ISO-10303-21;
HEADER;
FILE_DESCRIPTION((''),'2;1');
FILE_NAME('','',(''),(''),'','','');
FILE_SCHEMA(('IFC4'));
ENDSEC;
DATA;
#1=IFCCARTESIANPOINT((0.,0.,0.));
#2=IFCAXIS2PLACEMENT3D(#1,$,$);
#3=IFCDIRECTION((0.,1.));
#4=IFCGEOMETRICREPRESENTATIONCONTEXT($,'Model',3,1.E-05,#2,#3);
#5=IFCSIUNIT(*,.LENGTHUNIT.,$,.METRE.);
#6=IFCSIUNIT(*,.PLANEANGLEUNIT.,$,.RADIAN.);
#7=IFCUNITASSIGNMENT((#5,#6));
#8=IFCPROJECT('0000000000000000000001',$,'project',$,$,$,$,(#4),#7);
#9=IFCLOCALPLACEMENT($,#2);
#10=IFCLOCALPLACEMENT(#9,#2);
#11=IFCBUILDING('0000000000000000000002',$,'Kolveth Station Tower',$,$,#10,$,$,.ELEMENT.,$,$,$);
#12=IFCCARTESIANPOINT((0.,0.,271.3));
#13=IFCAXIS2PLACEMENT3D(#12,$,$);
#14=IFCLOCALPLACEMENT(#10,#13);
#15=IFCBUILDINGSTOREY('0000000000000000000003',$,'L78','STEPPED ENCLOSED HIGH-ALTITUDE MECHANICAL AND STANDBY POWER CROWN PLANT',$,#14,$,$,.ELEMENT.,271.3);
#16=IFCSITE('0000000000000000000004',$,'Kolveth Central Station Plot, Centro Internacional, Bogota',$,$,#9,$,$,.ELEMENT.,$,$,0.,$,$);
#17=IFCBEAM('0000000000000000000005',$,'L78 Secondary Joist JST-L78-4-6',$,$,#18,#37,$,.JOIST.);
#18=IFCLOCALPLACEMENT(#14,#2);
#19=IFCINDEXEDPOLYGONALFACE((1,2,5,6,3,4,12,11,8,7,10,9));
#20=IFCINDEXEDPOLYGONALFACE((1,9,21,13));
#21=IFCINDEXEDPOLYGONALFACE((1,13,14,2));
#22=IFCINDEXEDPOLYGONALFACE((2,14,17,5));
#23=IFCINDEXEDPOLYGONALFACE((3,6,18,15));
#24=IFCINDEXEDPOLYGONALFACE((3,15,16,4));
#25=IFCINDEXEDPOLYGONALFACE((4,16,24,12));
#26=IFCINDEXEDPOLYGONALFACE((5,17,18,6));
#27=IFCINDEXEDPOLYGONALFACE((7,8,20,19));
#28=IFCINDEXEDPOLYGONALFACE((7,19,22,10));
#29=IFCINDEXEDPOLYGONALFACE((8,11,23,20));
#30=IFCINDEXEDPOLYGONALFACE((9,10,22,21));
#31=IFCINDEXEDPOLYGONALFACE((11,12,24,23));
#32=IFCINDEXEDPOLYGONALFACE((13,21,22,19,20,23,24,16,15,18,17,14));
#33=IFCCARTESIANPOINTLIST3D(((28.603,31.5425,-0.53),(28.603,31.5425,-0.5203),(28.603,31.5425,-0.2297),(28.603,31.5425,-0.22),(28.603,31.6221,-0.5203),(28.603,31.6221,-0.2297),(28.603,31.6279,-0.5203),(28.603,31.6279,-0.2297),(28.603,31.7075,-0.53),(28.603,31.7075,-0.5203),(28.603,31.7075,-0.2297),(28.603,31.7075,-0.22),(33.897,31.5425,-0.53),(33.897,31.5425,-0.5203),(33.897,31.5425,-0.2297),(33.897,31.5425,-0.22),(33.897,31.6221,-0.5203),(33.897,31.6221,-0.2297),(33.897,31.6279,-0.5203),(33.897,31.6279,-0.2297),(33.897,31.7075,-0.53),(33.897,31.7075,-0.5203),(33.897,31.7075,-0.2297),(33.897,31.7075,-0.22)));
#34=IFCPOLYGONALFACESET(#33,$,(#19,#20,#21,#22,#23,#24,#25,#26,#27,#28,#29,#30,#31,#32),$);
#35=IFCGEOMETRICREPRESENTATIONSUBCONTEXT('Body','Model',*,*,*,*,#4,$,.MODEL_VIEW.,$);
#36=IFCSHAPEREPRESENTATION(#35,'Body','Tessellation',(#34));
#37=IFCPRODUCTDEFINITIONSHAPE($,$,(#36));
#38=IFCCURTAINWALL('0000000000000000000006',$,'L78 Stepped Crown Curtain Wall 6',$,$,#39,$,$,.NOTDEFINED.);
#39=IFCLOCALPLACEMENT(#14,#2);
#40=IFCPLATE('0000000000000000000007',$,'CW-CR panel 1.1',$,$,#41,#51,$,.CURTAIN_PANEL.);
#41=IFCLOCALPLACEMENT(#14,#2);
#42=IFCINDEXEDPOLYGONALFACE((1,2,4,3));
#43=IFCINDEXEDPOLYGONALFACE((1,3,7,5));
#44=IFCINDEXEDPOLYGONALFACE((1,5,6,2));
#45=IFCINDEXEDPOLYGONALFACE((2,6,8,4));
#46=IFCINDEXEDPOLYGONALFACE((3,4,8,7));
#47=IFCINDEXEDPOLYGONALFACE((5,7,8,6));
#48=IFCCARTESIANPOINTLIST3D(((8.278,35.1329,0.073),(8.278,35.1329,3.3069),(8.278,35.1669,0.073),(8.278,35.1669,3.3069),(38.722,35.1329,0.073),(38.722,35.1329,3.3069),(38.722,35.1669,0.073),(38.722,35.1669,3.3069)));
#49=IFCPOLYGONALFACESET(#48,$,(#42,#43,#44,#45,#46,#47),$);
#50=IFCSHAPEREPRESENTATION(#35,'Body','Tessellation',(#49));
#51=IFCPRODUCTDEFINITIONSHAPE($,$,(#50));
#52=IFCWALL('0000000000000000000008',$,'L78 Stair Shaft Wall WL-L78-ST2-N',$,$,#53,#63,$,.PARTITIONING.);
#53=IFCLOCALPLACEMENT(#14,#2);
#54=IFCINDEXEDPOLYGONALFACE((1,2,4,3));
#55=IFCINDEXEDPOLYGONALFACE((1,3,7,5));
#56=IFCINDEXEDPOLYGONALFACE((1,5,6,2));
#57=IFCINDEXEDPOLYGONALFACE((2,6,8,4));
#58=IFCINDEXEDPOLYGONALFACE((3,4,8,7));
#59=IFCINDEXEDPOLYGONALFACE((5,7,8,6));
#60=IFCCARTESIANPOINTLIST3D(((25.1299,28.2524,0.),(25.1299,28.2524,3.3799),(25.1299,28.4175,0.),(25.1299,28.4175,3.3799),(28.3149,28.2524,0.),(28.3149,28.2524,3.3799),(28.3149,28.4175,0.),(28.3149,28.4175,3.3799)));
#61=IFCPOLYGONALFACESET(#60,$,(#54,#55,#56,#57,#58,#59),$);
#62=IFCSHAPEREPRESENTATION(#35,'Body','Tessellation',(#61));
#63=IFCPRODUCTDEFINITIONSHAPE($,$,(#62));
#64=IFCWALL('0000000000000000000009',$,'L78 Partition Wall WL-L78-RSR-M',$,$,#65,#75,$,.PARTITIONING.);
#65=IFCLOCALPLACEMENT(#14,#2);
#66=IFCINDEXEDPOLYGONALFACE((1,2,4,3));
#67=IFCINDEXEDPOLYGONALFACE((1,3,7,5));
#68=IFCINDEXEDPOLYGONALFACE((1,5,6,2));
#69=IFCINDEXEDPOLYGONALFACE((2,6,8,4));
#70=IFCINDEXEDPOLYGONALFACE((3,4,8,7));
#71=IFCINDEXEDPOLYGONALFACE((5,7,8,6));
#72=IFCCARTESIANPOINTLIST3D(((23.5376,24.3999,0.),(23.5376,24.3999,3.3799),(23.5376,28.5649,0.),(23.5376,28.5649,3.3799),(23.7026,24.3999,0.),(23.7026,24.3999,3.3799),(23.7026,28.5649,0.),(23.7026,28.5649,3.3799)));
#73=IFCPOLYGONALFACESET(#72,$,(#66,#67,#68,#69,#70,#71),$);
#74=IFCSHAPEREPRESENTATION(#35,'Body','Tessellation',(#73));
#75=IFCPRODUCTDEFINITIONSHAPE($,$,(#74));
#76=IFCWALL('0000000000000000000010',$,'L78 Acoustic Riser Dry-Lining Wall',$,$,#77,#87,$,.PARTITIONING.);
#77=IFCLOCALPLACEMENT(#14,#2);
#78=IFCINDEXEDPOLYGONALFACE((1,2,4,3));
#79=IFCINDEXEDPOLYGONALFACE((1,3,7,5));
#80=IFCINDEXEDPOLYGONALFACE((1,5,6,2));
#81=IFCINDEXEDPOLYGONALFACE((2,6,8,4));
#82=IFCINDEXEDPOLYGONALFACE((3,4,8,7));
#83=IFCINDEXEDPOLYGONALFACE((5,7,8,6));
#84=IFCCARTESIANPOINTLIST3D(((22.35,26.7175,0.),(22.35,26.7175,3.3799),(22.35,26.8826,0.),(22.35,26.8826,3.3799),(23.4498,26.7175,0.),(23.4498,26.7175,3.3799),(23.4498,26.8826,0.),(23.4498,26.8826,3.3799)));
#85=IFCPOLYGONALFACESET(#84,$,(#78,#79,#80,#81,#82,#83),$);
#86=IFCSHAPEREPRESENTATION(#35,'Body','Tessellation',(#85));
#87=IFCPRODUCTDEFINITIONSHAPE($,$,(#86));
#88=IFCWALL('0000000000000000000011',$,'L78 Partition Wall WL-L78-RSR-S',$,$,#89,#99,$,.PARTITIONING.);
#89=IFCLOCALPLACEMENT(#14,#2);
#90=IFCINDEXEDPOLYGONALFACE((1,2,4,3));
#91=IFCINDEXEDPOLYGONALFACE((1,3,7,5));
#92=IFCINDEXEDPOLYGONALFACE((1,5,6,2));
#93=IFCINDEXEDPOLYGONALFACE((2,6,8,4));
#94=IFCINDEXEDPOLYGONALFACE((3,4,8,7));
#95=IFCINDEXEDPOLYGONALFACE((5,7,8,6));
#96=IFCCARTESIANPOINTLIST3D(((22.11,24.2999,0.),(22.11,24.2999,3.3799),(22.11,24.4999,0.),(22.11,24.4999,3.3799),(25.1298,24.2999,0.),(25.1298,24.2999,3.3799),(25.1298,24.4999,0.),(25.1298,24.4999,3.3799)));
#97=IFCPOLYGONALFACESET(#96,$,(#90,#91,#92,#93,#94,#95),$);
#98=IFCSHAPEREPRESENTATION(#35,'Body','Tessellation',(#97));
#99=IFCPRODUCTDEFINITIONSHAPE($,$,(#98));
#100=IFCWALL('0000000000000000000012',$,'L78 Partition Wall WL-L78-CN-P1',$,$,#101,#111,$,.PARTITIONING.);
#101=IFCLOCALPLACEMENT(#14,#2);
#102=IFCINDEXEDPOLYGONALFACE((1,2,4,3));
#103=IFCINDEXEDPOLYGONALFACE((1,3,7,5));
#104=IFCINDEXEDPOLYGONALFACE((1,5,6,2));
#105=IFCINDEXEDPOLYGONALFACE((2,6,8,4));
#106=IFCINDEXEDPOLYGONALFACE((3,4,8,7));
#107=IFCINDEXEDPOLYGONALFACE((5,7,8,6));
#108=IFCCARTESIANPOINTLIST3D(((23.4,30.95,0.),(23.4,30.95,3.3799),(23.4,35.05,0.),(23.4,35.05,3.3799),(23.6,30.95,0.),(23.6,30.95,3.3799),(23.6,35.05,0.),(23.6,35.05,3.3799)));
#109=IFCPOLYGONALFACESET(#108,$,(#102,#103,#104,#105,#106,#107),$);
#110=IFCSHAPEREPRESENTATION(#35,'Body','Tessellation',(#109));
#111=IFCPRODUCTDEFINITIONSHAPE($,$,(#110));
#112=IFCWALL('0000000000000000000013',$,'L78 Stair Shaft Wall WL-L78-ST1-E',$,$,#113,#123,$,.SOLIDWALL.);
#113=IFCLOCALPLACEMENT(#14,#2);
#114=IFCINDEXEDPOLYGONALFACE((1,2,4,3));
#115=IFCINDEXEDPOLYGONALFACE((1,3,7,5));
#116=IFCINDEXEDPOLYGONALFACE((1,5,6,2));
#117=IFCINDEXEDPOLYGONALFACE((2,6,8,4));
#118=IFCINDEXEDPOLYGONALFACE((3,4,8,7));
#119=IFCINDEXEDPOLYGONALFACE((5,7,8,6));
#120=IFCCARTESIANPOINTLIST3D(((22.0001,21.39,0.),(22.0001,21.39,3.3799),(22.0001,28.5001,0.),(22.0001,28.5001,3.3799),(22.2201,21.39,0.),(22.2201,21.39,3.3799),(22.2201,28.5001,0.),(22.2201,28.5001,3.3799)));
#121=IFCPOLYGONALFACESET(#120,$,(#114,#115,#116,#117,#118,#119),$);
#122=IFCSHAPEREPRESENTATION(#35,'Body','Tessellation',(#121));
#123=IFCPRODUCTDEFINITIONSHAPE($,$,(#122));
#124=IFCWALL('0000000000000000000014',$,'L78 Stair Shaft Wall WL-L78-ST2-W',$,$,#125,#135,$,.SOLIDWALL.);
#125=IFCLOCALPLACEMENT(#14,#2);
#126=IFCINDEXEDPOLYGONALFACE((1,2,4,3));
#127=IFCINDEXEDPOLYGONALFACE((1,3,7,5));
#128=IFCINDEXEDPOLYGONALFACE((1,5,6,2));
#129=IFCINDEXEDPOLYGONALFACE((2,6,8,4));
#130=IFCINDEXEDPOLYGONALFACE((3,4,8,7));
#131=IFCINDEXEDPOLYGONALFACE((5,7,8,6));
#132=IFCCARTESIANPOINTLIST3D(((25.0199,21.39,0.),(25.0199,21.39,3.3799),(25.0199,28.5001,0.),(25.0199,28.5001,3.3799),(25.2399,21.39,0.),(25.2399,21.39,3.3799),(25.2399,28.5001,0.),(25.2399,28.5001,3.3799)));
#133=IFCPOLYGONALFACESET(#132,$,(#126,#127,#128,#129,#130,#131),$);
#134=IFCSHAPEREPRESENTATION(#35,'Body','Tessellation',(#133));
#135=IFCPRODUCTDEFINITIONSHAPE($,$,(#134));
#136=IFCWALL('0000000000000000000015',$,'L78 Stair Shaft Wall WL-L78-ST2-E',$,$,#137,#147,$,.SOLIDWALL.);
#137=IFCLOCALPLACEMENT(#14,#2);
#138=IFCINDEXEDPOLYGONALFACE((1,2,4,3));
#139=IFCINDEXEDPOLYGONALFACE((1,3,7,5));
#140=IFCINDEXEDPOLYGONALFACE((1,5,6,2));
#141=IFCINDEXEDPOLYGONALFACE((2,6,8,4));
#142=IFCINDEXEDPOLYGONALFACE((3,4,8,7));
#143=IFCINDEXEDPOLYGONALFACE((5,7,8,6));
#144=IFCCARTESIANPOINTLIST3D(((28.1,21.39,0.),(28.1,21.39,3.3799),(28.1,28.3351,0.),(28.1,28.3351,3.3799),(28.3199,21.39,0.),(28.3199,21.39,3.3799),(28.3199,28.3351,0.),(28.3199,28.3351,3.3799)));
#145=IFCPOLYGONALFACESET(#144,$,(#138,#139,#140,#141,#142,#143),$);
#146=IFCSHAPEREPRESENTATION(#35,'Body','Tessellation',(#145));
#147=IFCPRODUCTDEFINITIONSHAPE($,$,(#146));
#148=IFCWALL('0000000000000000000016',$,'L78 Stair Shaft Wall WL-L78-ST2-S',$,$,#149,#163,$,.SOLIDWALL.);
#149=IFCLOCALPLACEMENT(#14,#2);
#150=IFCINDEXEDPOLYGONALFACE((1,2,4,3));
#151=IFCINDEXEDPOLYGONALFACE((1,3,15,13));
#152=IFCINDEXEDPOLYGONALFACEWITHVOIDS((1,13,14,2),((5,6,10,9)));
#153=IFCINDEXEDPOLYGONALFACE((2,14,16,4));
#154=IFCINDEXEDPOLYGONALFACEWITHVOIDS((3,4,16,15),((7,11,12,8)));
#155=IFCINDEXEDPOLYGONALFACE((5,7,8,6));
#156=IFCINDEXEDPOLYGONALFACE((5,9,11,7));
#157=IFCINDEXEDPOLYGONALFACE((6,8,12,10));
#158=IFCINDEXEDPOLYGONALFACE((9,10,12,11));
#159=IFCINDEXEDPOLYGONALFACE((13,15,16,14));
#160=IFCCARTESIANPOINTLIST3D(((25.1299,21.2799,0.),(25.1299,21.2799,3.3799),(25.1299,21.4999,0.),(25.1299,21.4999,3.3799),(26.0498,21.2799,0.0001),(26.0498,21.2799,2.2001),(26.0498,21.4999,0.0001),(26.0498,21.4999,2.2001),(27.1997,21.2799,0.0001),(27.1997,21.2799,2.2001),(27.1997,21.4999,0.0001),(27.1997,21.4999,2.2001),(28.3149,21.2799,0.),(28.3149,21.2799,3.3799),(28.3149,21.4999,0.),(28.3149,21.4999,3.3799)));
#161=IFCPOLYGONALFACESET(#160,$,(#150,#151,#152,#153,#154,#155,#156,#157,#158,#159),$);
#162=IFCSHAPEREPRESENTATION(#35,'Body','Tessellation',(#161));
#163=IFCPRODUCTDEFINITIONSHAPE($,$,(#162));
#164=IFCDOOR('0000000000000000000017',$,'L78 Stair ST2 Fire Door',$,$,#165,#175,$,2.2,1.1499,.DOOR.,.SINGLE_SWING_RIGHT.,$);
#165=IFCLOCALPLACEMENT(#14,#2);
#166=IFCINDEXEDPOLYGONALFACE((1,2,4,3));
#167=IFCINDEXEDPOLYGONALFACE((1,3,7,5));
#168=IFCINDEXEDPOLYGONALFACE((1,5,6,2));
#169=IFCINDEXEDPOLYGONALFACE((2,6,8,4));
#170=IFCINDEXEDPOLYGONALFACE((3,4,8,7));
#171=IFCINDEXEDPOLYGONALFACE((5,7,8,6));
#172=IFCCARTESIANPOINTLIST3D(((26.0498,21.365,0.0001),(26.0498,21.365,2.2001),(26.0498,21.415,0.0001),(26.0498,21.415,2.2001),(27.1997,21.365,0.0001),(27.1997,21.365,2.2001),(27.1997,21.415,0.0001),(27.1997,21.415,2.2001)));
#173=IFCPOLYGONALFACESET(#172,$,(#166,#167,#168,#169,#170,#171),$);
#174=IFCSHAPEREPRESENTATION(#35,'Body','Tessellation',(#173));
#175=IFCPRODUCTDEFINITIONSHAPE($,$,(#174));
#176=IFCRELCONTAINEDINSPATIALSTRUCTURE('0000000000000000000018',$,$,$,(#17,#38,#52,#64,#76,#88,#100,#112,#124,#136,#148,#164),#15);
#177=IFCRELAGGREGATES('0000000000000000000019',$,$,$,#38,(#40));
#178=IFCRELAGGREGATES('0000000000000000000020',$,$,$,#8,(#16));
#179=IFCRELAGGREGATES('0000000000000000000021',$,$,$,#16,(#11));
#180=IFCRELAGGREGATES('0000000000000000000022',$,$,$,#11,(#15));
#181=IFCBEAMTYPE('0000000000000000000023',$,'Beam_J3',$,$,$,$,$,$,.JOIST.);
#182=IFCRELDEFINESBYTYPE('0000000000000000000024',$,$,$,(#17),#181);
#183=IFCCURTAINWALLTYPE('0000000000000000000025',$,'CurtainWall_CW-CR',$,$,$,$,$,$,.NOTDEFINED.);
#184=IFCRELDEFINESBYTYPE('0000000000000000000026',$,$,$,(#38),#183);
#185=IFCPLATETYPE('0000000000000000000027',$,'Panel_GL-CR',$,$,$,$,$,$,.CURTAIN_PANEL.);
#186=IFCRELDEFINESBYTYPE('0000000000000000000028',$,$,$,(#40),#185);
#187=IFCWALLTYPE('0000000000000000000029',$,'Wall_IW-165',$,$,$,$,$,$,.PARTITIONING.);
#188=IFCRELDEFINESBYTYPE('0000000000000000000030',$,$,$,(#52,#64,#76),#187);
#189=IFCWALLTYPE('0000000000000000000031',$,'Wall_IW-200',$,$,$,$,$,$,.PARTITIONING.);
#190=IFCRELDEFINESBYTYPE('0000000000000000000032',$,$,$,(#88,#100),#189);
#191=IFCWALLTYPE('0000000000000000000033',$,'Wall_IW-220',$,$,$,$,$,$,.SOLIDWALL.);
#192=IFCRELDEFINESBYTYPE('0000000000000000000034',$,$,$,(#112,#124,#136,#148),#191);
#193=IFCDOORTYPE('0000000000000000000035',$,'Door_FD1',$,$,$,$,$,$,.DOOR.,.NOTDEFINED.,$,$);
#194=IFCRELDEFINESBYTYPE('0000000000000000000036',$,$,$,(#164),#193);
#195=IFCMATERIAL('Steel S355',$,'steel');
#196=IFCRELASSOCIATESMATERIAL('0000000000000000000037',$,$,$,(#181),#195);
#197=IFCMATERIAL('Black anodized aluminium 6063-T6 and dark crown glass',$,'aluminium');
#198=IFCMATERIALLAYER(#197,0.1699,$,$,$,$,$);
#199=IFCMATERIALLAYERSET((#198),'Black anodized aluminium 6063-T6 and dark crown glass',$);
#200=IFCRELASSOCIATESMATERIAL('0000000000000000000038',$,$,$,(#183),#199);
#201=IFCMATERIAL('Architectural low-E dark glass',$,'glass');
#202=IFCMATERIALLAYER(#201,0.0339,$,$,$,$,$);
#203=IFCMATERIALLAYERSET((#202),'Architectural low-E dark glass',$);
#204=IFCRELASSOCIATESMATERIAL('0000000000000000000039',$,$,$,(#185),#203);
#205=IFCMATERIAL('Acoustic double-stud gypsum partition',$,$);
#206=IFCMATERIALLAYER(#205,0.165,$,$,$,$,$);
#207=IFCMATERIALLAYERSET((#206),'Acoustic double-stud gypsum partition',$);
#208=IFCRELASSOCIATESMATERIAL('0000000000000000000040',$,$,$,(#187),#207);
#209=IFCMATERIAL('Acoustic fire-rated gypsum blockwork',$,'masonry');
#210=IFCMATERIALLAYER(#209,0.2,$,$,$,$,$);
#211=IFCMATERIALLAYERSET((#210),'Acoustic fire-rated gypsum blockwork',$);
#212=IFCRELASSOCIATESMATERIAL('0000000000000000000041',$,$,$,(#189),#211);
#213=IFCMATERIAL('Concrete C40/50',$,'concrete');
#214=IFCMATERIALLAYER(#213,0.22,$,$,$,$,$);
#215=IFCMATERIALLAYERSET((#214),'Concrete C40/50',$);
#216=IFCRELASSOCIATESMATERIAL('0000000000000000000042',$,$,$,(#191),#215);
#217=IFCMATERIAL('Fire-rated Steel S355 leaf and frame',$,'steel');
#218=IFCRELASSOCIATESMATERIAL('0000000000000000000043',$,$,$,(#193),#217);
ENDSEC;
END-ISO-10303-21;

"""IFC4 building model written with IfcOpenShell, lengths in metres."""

from ifc_helpers import new_model, si_unit, direction, frame, frame_2d, origin, origin_2d, place, context, subcontext, project, spatial, rectangle, i_section, extrude, source, transform, mapped, material, layer, layer_set, material_profile, profile_set, type_object, element, fill, aggregate, save


model = new_model("IFC4")

# Units and contexts
model_context = context("Model", 3, precision=1e-05, world=origin(), true_north=direction((0.0, 1.0)))
body_context = subcontext(model_context, "Body", "Model", "MODEL_VIEW")
ifc_project = project(units=[si_unit("LENGTHUNIT", "METRE"), si_unit("PLANEANGLEUNIT", "RADIAN")], contexts=[model_context])

# Site, building, storey
site_placement = place(None, origin())
site = spatial("IfcSite", under=ifc_project, at=site_placement, Name="Kolveth Central Station Plot, Centro Internacional, Bogota", CompositionType="ELEMENT", RefElevation=0.0)
building_placement = place(site_placement, origin())
building = spatial("IfcBuilding", under=site, at=building_placement, Name="Kolveth Station Tower", CompositionType="ELEMENT")
storey_placement = place(building_placement, frame((0.0, 0.0, 271.3)))
storey = spatial("IfcBuildingStorey", under=building, at=storey_placement, Name="L78", Description="STEPPED ENCLOSED HIGH-ALTITUDE MECHANICAL AND STANDBY POWER CROWN PLANT", CompositionType="ELEMENT", Elevation=271.3)

# Shared definitions
ifc_material_1 = material(Name="Steel S355", Category="steel")

# Beam
ifc_material_profile_1 = material_profile(ifc_material_1, i_section(OverallWidth=0.165, OverallDepth=0.3101, WebThickness=0.0059, FlangeThickness=0.0098, at=origin_2d()), Name="W310x39")
ifc_profile_set_1 = profile_set([ifc_material_profile_1], Name="Steel S355")
beam_type_1 = type_object("IfcBeamType", Name="Beam_J3", PredefinedType="JOIST", material=ifc_profile_set_1)
shared_shape_1 = source(origin(), body_context, "Body", "SweptSolid", [
    extrude(i_section(OverallWidth=0.165, OverallDepth=0.3101, WebThickness=0.0059, FlangeThickness=0.0098, at=origin_2d()), origin(), (0.0, 0.0, 1.0), 5.2939),
])
for number, where, z_axis, x_axis, name in (
    (1, (28.603, 31.625, -0.375), (1.0, 0.0, 0.0), (0.0, 1.0, 0.0), "L78 Secondary Joist JST-L78-4-6"),
):
    element("IfcBeam", number, at=place(storey_placement, frame(where, z_axis=z_axis, x_axis=x_axis)), inside=storey, type_object=beam_type_1, Name=name, PredefinedType="JOIST", context=body_context, shape_type="MappedRepresentation", body=[
        mapped(shared_shape_1, transform((0.0, 0.0, 0.0), x_axis=(1.0, 0.0, 0.0), y_axis=(0.0, 1.0, 0.0), z_axis=(0.0, 0.0, 1.0), scale=1.0)),
    ])

# Curtain wall, plate
ifc_material_2 = material(Name="Black anodized aluminium 6063-T6 and dark crown glass", Category="aluminium")
ifc_layer_1 = layer(ifc_material_2, 0.1699)
ifc_layer_set_1 = layer_set([ifc_layer_1], Name="Black anodized aluminium 6063-T6 and dark crown glass")
curtain_wall_type = type_object("IfcCurtainWallType", Name="CurtainWall_CW-CR", PredefinedType="NOTDEFINED", material=ifc_layer_set_1)
curtain_wall_placement = place(storey_placement, origin())
curtain_wall = element("IfcCurtainWall", 2, at=curtain_wall_placement, inside=storey, type_object=curtain_wall_type, Name="L78 Stepped Crown Curtain Wall 6", PredefinedType="NOTDEFINED")
ifc_material_3 = material(Name="Architectural low-E dark glass", Category="glass")
ifc_layer_2 = layer(ifc_material_3, 0.0339)
ifc_layer_set_2 = layer_set([ifc_layer_2], Name="Architectural low-E dark glass")
plate_type = type_object("IfcPlateType", Name="Panel_GL-CR", PredefinedType="CURTAIN_PANEL", material=ifc_layer_set_2)
shared_shape_2 = source(origin(), body_context, "Body", "SweptSolid", [
    extrude(rectangle(XDim=30.4441, YDim=0.0339, at=origin_2d()), origin(), (0.0, 0.0, 1.0), 3.2339),
])
plate_placement = place(storey_placement, frame((23.5, 35.1499, 0.073), z_axis=(0.0, 0.0, 1.0), x_axis=(-1.0, 0.0, 0.0)))
plate = element("IfcPlate", 3, at=plate_placement, type_object=plate_type, Name="CW-CR panel 1.1", PredefinedType="CURTAIN_PANEL", context=body_context, shape_type="MappedRepresentation", body=[
    mapped(shared_shape_2, transform((0.0, 0.0, 0.0), x_axis=(1.0, 0.0, 0.0), y_axis=(0.0, 1.0, 0.0), z_axis=(0.0, 0.0, 1.0), scale=1.0)),
])
aggregate(curtain_wall, [plate])

# Walls
ifc_material_4 = material(Name="Acoustic double-stud gypsum partition")
ifc_layer_3 = layer(ifc_material_4, 0.165)
ifc_layer_set_3 = layer_set([ifc_layer_3], Name="Acoustic double-stud gypsum partition")
wall_type_1 = type_object("IfcWallType", Name="Wall_IW-165", PredefinedType="PARTITIONING", material=ifc_layer_set_3)
wall_1_placement = place(storey_placement, frame((25.1299, 28.335, 0.0), z_axis=(0.0, 0.0, 1.0), x_axis=(1.0, 0.0, 0.0)))
element("IfcWall", 4, at=wall_1_placement, inside=storey, type_object=wall_type_1, Name="L78 Stair Shaft Wall WL-L78-ST2-N", PredefinedType="PARTITIONING", context=body_context, shape_type="SweptSolid", body=[
    extrude(rectangle(XDim=3.1851, YDim=0.165, at=frame_2d((1.5925, 0.0))), origin(), (0.0, 0.0, 1.0), 3.3799),
])
wall_2_placement = place(storey_placement, frame((23.6201, 24.3999, 0.0), z_axis=(0.0, 0.0, 1.0), x_axis=(0.0, 1.0, 0.0)))
element("IfcWall", 5, at=wall_2_placement, inside=storey, type_object=wall_type_1, Name="L78 Partition Wall WL-L78-RSR-M", PredefinedType="PARTITIONING", context=body_context, shape_type="SweptSolid", body=[
    extrude(rectangle(XDim=4.165, YDim=0.165, at=frame_2d((2.0825, 0.0))), origin(), (0.0, 0.0, 1.0), 3.3799),
])
wall_3_placement = place(storey_placement, frame((22.3501, 26.8, 0.0), z_axis=(0.0, 0.0, 1.0), x_axis=(1.0, 0.0, 0.0)))
element("IfcWall", 6, at=wall_3_placement, inside=storey, type_object=wall_type_1, Name="L78 Acoustic Riser Dry-Lining Wall", PredefinedType="PARTITIONING", context=body_context, shape_type="SweptSolid", body=[
    extrude(rectangle(XDim=1.0999, YDim=0.165, at=frame_2d((0.5498, 0.0))), origin(), (0.0, 0.0, 1.0), 3.3799),
])
ifc_material_5 = material(Name="Acoustic fire-rated gypsum blockwork", Category="masonry")
ifc_layer_4 = layer(ifc_material_5, 0.2)
ifc_layer_set_4 = layer_set([ifc_layer_4], Name="Acoustic fire-rated gypsum blockwork")
wall_type_2 = type_object("IfcWallType", Name="Wall_IW-200", PredefinedType="PARTITIONING", material=ifc_layer_set_4)
wall_4_placement = place(storey_placement, frame((22.1101, 24.3999, 0.0), z_axis=(0.0, 0.0, 1.0), x_axis=(1.0, 0.0, 0.0)))
element("IfcWall", 7, at=wall_4_placement, inside=storey, type_object=wall_type_2, Name="L78 Partition Wall WL-L78-RSR-S", PredefinedType="PARTITIONING", context=body_context, shape_type="SweptSolid", body=[
    extrude(rectangle(XDim=3.0198, YDim=0.2, at=frame_2d((1.5098, 0.0))), origin(), (0.0, 0.0, 1.0), 3.3799),
])
wall_5_placement = place(storey_placement, frame((23.5, 30.95, 0.0), z_axis=(0.0, 0.0, 1.0), x_axis=(0.0, 1.0, 0.0)))
element("IfcWall", 8, at=wall_5_placement, inside=storey, type_object=wall_type_2, Name="L78 Partition Wall WL-L78-CN-P1", PredefinedType="PARTITIONING", context=body_context, shape_type="SweptSolid", body=[
    extrude(rectangle(XDim=4.1001, YDim=0.2, at=frame_2d((2.05, 0.0))), origin(), (0.0, 0.0, 1.0), 3.3799),
])
ifc_material_6 = material(Name="Concrete C40/50", Category="concrete")
ifc_layer_5 = layer(ifc_material_6, 0.22)
ifc_layer_set_5 = layer_set([ifc_layer_5], Name="Concrete C40/50")
wall_type_3 = type_object("IfcWallType", Name="Wall_IW-220", PredefinedType="SOLIDWALL", material=ifc_layer_set_5)
for number, where, z_axis, x_axis, name in (
    (9, (22.1101, 21.3899, 0.0), (0.0, 0.0, 1.0), (0.0, 1.0, 0.0), "L78 Stair Shaft Wall WL-L78-ST1-E"),
    (10, (25.1299, 21.3899, 0.0), (0.0, 0.0, 1.0), (0.0, 1.0, 0.0), "L78 Stair Shaft Wall WL-L78-ST2-W"),
):
    element("IfcWall", number, at=place(storey_placement, frame(where, z_axis=z_axis, x_axis=x_axis)), inside=storey, type_object=wall_type_3, Name=name, PredefinedType="SOLIDWALL", context=body_context, shape_type="SweptSolid", body=[
        extrude(rectangle(XDim=7.1101, YDim=0.22, at=frame_2d((3.5552, 0.0))), origin(), (0.0, 0.0, 1.0), 3.3799),
    ])
wall_6_placement = place(storey_placement, frame((28.21, 21.3899, 0.0), z_axis=(0.0, 0.0, 1.0), x_axis=(0.0, 1.0, 0.0)))
element("IfcWall", 11, at=wall_6_placement, inside=storey, type_object=wall_type_3, Name="L78 Stair Shaft Wall WL-L78-ST2-E", PredefinedType="SOLIDWALL", context=body_context, shape_type="SweptSolid", body=[
    extrude(rectangle(XDim=6.9451, YDim=0.22, at=frame_2d((3.4727, 0.0))), origin(), (0.0, 0.0, 1.0), 3.3799),
])

# Wall, opening, door
wall_7_placement = place(storey_placement, frame((25.1299, 21.3899, 0.0), z_axis=(0.0, 0.0, 1.0), x_axis=(1.0, 0.0, 0.0)))
wall_7 = element("IfcWall", 12, at=wall_7_placement, inside=storey, type_object=wall_type_3, Name="L78 Stair Shaft Wall WL-L78-ST2-S", PredefinedType="SOLIDWALL", context=body_context, shape_type="SweptSolid", body=[
    extrude(rectangle(XDim=3.1851, YDim=0.22, at=frame_2d((1.5925, 0.0))), origin(), (0.0, 0.0, 1.0), 3.3799),
])
opening_placement = place(wall_7_placement, frame((0.9199, 0.0, 0.0)))
opening = element("IfcOpeningElement", 13, at=opening_placement, cuts=wall_7, PredefinedType="OPENING", context=body_context, shape_type="SweptSolid", body=[
    extrude(rectangle(XDim=1.1499, YDim=2.2, at=frame_2d((0.575, 1.1001))), frame((0.0, 0.1199, 0.0), z_axis=(0.0, -1.0, 0.0), x_axis=(1.0, 0.0, 0.0)), (0.0, 0.0, 1.0), 0.24),
])
ifc_material_7 = material(Name="Fire-rated Steel S355 leaf and frame", Category="steel")
door_type = type_object("IfcDoorType", Name="Door_FD1", OperationType="NOTDEFINED", PredefinedType="DOOR", material=ifc_material_7)
door_placement = place(opening_placement, frame((1.1499, 0.0, 0.0), z_axis=(0.0, 0.0, 1.0), x_axis=(-1.0, 0.0, 0.0)))
door = element("IfcDoor", 14, at=door_placement, inside=storey, type_object=door_type, Name="L78 Stair ST2 Fire Door", OperationType="SINGLE_SWING_RIGHT", OverallHeight=2.2, OverallWidth=1.1499, PredefinedType="DOOR", context=body_context, shape_type="SweptSolid", body=[
    extrude(rectangle(XDim=1.1499, YDim=2.2, at=frame_2d((0.575, 1.1001))), frame((0.0, 0.0249, 0.0), z_axis=(0.0, -1.0, 0.0), x_axis=(1.0, 0.0, 0.0)), (0.0, 0.0, 1.0), 0.05),
])
fill(opening, door)

save(model, "model.ifc")
